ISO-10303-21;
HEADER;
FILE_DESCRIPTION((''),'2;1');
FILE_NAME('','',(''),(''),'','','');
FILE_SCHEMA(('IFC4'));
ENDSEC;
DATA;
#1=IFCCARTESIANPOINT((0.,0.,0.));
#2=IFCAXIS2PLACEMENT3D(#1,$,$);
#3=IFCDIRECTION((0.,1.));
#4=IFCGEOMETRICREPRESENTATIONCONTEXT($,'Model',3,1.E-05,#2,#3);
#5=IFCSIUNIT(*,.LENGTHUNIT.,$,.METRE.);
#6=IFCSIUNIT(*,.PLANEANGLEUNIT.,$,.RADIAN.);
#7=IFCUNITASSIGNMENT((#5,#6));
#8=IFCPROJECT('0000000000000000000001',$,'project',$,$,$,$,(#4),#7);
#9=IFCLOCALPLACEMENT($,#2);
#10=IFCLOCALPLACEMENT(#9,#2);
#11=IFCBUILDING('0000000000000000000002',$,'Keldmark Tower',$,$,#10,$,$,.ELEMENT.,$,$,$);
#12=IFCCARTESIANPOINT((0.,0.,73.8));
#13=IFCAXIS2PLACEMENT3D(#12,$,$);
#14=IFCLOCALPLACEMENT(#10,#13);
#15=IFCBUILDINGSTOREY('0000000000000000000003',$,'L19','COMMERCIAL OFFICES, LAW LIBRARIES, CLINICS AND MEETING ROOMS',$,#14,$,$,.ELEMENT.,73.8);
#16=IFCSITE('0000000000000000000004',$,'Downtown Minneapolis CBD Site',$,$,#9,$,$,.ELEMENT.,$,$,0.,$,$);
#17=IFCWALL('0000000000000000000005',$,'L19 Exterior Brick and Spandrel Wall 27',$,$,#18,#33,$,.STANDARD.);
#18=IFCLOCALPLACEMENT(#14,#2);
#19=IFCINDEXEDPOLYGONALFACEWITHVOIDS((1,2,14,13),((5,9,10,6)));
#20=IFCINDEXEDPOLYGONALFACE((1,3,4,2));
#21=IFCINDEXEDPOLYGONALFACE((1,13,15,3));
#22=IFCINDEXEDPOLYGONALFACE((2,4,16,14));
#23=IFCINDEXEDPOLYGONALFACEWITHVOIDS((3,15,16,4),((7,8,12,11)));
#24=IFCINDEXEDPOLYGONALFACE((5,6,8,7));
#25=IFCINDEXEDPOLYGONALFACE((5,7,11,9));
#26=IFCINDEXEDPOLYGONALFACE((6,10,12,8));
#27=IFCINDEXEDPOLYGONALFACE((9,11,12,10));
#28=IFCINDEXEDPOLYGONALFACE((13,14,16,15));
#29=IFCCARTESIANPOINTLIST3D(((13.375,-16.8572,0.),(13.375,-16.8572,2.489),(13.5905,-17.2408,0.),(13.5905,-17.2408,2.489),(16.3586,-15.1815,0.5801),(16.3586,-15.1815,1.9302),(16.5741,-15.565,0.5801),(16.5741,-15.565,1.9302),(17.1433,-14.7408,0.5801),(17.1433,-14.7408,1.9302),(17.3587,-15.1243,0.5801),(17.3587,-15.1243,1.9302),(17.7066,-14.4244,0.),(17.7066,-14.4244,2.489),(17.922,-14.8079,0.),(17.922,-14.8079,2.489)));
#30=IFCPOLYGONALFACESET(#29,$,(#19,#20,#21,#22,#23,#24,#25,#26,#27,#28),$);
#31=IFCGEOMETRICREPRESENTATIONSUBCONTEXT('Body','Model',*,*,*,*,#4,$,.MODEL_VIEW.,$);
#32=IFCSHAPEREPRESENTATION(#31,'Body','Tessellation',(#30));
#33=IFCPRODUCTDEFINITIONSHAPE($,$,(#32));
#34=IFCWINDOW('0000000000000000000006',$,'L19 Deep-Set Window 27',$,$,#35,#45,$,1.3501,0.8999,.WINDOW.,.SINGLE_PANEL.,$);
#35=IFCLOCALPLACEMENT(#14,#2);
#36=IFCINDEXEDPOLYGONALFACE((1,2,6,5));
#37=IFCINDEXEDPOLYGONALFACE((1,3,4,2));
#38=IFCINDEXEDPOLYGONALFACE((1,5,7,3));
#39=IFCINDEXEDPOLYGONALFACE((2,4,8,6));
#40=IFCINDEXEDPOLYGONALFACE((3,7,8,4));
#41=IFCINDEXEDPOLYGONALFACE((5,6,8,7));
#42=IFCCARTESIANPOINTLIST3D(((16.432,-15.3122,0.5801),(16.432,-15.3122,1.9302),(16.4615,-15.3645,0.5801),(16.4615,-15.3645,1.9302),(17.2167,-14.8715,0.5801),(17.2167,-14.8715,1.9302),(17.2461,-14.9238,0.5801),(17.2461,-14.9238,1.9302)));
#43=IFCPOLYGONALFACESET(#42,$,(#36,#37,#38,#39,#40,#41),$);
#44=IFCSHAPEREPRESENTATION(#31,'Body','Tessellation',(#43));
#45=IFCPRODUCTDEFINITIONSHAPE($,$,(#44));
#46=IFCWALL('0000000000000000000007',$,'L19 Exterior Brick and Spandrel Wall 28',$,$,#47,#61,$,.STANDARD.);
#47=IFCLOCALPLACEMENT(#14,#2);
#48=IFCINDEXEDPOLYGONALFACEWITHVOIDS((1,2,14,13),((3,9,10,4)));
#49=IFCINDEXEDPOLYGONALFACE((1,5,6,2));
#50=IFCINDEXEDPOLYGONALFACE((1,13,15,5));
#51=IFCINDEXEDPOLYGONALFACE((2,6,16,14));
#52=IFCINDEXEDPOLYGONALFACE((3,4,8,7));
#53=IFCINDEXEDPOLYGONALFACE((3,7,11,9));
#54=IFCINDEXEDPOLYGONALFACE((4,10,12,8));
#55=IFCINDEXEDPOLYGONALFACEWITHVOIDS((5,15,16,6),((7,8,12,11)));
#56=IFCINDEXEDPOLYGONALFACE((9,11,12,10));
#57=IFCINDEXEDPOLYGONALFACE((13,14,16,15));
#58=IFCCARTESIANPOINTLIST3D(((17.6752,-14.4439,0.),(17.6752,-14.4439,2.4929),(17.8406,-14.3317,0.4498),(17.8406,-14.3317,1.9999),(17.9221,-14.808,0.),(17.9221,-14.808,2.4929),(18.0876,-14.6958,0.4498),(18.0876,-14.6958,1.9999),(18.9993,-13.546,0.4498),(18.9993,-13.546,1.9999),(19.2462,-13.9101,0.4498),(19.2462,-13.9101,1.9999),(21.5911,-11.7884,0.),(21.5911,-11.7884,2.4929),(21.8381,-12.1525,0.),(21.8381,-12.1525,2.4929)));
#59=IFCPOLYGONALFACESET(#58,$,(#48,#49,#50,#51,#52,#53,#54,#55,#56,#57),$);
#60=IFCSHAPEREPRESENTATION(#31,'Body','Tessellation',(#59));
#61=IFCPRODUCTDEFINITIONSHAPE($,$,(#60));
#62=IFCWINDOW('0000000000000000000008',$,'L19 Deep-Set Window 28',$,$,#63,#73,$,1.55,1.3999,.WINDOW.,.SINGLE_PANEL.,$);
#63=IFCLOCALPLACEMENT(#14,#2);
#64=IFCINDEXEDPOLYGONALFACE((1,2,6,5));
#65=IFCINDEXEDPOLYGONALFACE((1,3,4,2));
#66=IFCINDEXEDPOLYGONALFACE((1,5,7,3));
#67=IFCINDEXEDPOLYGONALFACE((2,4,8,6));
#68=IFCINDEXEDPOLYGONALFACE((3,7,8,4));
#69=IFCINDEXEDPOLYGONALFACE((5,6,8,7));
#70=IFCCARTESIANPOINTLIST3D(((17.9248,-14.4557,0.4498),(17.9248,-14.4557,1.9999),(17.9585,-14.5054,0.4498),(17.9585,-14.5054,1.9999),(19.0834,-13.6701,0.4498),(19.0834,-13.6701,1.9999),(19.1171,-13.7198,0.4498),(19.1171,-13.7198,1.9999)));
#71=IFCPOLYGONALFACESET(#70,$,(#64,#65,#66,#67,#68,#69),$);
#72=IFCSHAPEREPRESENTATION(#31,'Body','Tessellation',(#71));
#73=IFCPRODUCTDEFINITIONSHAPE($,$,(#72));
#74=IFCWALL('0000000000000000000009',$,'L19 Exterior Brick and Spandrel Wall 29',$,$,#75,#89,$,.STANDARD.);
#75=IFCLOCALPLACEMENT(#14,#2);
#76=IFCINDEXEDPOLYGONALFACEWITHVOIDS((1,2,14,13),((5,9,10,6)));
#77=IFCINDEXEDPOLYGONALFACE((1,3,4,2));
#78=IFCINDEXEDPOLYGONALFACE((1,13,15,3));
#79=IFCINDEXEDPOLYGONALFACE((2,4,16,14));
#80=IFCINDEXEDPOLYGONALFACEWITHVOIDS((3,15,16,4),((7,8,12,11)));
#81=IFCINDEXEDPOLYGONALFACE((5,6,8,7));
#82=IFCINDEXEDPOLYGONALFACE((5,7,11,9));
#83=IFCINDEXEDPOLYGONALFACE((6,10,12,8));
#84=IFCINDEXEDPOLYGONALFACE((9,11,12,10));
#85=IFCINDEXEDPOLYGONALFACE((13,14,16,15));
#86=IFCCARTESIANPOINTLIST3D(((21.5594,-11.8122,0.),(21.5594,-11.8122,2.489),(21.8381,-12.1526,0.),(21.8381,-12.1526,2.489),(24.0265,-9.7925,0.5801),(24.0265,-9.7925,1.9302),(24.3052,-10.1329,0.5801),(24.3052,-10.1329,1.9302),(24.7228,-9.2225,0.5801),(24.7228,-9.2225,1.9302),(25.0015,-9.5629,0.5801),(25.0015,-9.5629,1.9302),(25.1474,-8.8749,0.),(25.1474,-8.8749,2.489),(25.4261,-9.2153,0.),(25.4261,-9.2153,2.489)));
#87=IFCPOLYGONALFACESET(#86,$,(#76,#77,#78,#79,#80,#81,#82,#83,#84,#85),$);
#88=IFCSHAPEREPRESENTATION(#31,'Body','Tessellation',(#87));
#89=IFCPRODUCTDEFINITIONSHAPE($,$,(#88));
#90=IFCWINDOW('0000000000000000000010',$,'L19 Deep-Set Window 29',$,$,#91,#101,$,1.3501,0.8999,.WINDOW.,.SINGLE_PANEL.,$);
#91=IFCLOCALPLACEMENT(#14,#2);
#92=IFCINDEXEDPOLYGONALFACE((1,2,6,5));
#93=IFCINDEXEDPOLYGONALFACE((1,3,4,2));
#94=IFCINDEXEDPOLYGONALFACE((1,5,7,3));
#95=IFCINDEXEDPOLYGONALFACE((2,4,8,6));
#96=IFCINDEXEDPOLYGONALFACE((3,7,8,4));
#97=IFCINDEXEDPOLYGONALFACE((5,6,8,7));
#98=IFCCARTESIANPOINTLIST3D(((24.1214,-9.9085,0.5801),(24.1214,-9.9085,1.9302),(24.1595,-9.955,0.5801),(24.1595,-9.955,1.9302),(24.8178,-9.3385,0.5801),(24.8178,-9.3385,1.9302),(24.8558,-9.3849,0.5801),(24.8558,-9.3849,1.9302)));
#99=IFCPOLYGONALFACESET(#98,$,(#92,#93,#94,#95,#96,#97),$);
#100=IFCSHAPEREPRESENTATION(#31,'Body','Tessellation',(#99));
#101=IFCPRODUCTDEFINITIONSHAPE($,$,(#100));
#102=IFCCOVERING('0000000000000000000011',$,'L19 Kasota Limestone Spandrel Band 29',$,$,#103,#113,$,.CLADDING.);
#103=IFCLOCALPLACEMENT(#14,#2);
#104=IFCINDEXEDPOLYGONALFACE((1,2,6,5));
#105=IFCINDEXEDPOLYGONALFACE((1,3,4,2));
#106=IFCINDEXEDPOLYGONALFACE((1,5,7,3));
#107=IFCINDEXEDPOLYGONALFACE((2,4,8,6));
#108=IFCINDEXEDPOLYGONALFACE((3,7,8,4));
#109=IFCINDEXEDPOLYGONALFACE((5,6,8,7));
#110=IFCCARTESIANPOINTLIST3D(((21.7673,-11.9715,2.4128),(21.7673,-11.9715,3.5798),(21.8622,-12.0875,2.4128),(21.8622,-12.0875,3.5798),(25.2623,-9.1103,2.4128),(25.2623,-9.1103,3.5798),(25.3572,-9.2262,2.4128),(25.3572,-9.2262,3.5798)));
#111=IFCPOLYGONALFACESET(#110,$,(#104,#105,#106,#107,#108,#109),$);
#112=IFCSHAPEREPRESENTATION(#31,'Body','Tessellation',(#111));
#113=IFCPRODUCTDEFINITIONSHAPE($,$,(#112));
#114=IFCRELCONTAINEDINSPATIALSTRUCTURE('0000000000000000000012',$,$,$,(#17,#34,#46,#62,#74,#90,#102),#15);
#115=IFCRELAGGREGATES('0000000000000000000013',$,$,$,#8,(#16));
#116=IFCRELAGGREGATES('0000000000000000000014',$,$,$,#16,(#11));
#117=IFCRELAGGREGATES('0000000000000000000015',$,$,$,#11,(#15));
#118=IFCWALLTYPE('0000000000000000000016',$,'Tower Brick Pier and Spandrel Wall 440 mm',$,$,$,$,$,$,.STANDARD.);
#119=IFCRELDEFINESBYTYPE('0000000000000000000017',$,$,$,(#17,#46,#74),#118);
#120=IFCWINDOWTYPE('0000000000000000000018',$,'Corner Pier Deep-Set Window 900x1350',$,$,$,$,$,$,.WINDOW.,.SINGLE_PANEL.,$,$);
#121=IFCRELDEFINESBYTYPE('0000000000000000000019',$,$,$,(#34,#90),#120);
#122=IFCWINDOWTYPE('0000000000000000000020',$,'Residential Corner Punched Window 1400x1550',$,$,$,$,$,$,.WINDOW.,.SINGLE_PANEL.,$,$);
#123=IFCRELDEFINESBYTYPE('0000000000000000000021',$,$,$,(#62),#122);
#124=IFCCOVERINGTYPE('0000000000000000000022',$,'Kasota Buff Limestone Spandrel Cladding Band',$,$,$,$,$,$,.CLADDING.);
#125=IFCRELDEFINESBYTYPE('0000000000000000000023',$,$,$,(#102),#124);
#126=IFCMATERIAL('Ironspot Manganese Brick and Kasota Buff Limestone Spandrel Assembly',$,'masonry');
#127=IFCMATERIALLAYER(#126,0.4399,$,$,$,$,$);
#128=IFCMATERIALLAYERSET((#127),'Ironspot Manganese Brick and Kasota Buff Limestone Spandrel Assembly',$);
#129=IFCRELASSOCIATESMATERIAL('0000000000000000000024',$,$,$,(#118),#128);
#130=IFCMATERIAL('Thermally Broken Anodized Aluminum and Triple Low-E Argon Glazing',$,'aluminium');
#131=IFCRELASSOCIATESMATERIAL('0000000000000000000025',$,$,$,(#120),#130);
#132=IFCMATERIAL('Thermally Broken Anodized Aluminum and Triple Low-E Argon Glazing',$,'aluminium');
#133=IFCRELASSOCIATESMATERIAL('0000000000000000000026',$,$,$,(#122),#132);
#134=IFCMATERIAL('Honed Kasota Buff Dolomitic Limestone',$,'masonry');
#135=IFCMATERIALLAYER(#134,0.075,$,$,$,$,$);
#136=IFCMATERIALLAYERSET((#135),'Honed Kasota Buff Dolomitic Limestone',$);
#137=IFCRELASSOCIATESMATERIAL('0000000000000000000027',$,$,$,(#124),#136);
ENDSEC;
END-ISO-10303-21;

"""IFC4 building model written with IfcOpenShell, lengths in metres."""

from ifc_helpers import new_model, si_unit, direction, frame, frame_2d, origin, origin_2d, place, context, subcontext, project, spatial, rectangle, extrude, material, layer, layer_set, type_object, element, fill, save


model = new_model("IFC4")

# Units and contexts
model_context = context("Model", 3, precision=1e-05, world=origin(), true_north=direction((0.0, 1.0)))
body_context = subcontext(model_context, "Body", "Model", "MODEL_VIEW")
ifc_project = project(units=[si_unit("LENGTHUNIT", "METRE"), si_unit("PLANEANGLEUNIT", "RADIAN")], contexts=[model_context])

# Site, building, storey
site_placement = place(None, origin())
site = spatial("IfcSite", under=ifc_project, at=site_placement, Name="Downtown Minneapolis CBD Site", CompositionType="ELEMENT", RefElevation=0.0)
building_placement = place(site_placement, origin())
building = spatial("IfcBuilding", under=site, at=building_placement, Name="Keldmark Tower", CompositionType="ELEMENT")
storey_placement = place(building_placement, frame((0.0, 0.0, 73.8)))
storey = spatial("IfcBuildingStorey", under=building, at=storey_placement, Name="L19", Description="COMMERCIAL OFFICES, LAW LIBRARIES, CLINICS AND MEETING ROOMS", CompositionType="ELEMENT", Elevation=73.8)

# Walls, openings, windows
ifc_material_1 = material(Name="Ironspot Manganese Brick and Kasota Buff Limestone Spandrel Assembly", Category="masonry")
ifc_layer_1 = layer(ifc_material_1, 0.4399)
ifc_layer_set_1 = layer_set([ifc_layer_1], Name="Ironspot Manganese Brick and Kasota Buff Limestone Spandrel Assembly")
wall_type_1 = type_object("IfcWallType", Name="Tower Brick Pier and Spandrel Wall 440 mm", PredefinedType="STANDARD", material=ifc_layer_set_1)
wall_1_placement = place(storey_placement, frame((17.8142, -14.6162, 0.0), z_axis=(0.0, 0.0, 1.0), x_axis=(-0.871888, -0.489706, 0.0)))
wall_1 = element("IfcWall", 1, at=wall_1_placement, inside=storey, type_object=wall_type_1, Name="L19 Exterior Brick and Spandrel Wall 27", PredefinedType="STANDARD", context=body_context, shape_type="SweptSolid", body=[
    extrude(rectangle(XDim=4.968, YDim=0.4399, at=frame_2d((2.4839, 0.0))), origin(), (0.0, 0.0, 1.0), 2.489),
])
opening_1_placement = place(wall_1_placement, frame((0.646, 0.0, 0.5801)))
opening_1 = element("IfcOpeningElement", 2, at=opening_1_placement, cuts=wall_1, PredefinedType="OPENING", context=body_context, shape_type="SweptSolid", body=[
    extrude(rectangle(XDim=0.8999, YDim=1.3501, at=frame_2d((0.45, 0.675))), frame((0.0, 0.23, 0.0), z_axis=(0.0, -1.0, 0.0), x_axis=(1.0, 0.0, 0.0)), (0.0, 0.0, 1.0), 0.46),
])
ifc_material_2 = material(Name="Thermally Broken Anodized Aluminum and Triple Low-E Argon Glazing", Category="aluminium")
window_type_1 = type_object("IfcWindowType", Name="Corner Pier Deep-Set Window 900x1350", PartitioningType="SINGLE_PANEL", PredefinedType="WINDOW", material=ifc_material_2)
window_1_placement = place(opening_1_placement, origin())
window_1 = element("IfcWindow", 3, at=window_1_placement, inside=storey, type_object=window_type_1, Name="L19 Deep-Set Window 27", OverallHeight=1.3501, OverallWidth=0.8999, PartitioningType="SINGLE_PANEL", PredefinedType="WINDOW", context=body_context, shape_type="SweptSolid", body=[
    extrude(rectangle(XDim=0.8999, YDim=1.3501, at=frame_2d((0.45, 0.675))), frame((0.0, -0.01, 0.0), z_axis=(0.0, -1.0, 0.0), x_axis=(1.0, 0.0, 0.0)), (0.0, 0.0, 1.0), 0.0601),
])
fill(opening_1, window_1)
wall_2_placement = place(storey_placement, frame((21.7146, -11.9705, 0.0), z_axis=(0.0, 0.0, 1.0), x_axis=(-0.82765, -0.561244, 0.0)))
wall_2 = element("IfcWall", 4, at=wall_2_placement, inside=storey, type_object=wall_type_1, Name="L19 Exterior Brick and Spandrel Wall 28", PredefinedType="STANDARD", context=body_context, shape_type="SweptSolid", body=[
    extrude(rectangle(XDim=4.7314, YDim=0.4399, at=frame_2d((2.3657, 0.0))), origin(), (0.0, 0.0, 1.0), 2.4929),
])
opening_2_placement = place(wall_2_placement, frame((3.1316, 0.0, 0.45)))
opening_2 = element("IfcOpeningElement", 5, at=opening_2_placement, cuts=wall_2, PredefinedType="OPENING", context=body_context, shape_type="SweptSolid", body=[
    extrude(rectangle(XDim=1.3999, YDim=1.55, at=frame_2d((0.7, 0.7749))), frame((0.0, 0.23, 0.0), z_axis=(0.0, -1.0, 0.0), x_axis=(1.0, 0.0, 0.0)), (0.0, 0.0, 1.0), 0.46),
])
ifc_material_3 = material(Name="Thermally Broken Anodized Aluminum and Triple Low-E Argon Glazing", Category="aluminium")
window_type_2 = type_object("IfcWindowType", Name="Residential Corner Punched Window 1400x1550", PartitioningType="SINGLE_PANEL", PredefinedType="WINDOW", material=ifc_material_3)
window_2_placement = place(opening_2_placement, origin())
window_2 = element("IfcWindow", 6, at=window_2_placement, inside=storey, type_object=window_type_2, Name="L19 Deep-Set Window 28", OverallHeight=1.55, OverallWidth=1.3999, PartitioningType="SINGLE_PANEL", PredefinedType="WINDOW", context=body_context, shape_type="SweptSolid", body=[
    extrude(rectangle(XDim=1.3999, YDim=1.55, at=frame_2d((0.7, 0.7749))), frame((0.0, -0.01, 0.0), z_axis=(0.0, -1.0, 0.0), x_axis=(1.0, 0.0, 0.0)), (0.0, 0.0, 1.0), 0.0601),
])
fill(opening_2, window_2)
wall_3_placement = place(storey_placement, frame((25.2866, -9.0452, 0.0), z_axis=(0.0, 0.0, 1.0), x_axis=(-0.773777, -0.633459, 0.0)))
wall_3 = element("IfcWall", 7, at=wall_3_placement, inside=storey, type_object=wall_type_1, Name="L19 Exterior Brick and Spandrel Wall 29", PredefinedType="STANDARD", context=body_context, shape_type="SweptSolid", body=[
    extrude(rectangle(XDim=4.637, YDim=0.4399, at=frame_2d((2.3184, 0.0))), origin(), (0.0, 0.0, 1.0), 2.489),
])
opening_3_placement = place(wall_3_placement, frame((0.5486, 0.0, 0.5801)))
opening_3 = element("IfcOpeningElement", 8, at=opening_3_placement, cuts=wall_3, PredefinedType="OPENING", context=body_context, shape_type="SweptSolid", body=[
    extrude(rectangle(XDim=0.8999, YDim=1.3501, at=frame_2d((0.45, 0.675))), frame((0.0, 0.23, 0.0), z_axis=(0.0, -1.0, 0.0), x_axis=(1.0, 0.0, 0.0)), (0.0, 0.0, 1.0), 0.46),
])
window_3_placement = place(opening_3_placement, origin())
window_3 = element("IfcWindow", 9, at=window_3_placement, inside=storey, type_object=window_type_1, Name="L19 Deep-Set Window 29", OverallHeight=1.3501, OverallWidth=0.8999, PartitioningType="SINGLE_PANEL", PredefinedType="WINDOW", context=body_context, shape_type="SweptSolid", body=[
    extrude(rectangle(XDim=0.8999, YDim=1.3501, at=frame_2d((0.45, 0.675))), frame((0.0, -0.01, 0.0), z_axis=(0.0, -1.0, 0.0), x_axis=(1.0, 0.0, 0.0)), (0.0, 0.0, 1.0), 0.0601),
])
fill(opening_3, window_3)

# Covering
ifc_material_4 = material(Name="Honed Kasota Buff Dolomitic Limestone", Category="masonry")
ifc_layer_2 = layer(ifc_material_4, 0.075)
ifc_layer_set_2 = layer_set([ifc_layer_2], Name="Honed Kasota Buff Dolomitic Limestone")
covering_type = type_object("IfcCoveringType", Name="Kasota Buff Limestone Spandrel Cladding Band", PredefinedType="CLADDING", material=ifc_layer_set_2)
covering_placement = place(storey_placement, frame((23.5623, -10.5989, 2.4128), z_axis=(0.0, 0.0, 1.0), x_axis=(0.773774, 0.633462, 0.0)))
element("IfcCovering", 10, at=covering_placement, inside=storey, type_object=covering_type, Name="L19 Kasota Limestone Spandrel Band 29", PredefinedType="CLADDING", context=body_context, shape_type="SweptSolid", body=[
    extrude(rectangle(XDim=4.5168, YDim=0.1499, at=origin_2d()), origin(), (0.0, 0.0, 1.0), 1.167),
])

save(model, "model.ifc")
